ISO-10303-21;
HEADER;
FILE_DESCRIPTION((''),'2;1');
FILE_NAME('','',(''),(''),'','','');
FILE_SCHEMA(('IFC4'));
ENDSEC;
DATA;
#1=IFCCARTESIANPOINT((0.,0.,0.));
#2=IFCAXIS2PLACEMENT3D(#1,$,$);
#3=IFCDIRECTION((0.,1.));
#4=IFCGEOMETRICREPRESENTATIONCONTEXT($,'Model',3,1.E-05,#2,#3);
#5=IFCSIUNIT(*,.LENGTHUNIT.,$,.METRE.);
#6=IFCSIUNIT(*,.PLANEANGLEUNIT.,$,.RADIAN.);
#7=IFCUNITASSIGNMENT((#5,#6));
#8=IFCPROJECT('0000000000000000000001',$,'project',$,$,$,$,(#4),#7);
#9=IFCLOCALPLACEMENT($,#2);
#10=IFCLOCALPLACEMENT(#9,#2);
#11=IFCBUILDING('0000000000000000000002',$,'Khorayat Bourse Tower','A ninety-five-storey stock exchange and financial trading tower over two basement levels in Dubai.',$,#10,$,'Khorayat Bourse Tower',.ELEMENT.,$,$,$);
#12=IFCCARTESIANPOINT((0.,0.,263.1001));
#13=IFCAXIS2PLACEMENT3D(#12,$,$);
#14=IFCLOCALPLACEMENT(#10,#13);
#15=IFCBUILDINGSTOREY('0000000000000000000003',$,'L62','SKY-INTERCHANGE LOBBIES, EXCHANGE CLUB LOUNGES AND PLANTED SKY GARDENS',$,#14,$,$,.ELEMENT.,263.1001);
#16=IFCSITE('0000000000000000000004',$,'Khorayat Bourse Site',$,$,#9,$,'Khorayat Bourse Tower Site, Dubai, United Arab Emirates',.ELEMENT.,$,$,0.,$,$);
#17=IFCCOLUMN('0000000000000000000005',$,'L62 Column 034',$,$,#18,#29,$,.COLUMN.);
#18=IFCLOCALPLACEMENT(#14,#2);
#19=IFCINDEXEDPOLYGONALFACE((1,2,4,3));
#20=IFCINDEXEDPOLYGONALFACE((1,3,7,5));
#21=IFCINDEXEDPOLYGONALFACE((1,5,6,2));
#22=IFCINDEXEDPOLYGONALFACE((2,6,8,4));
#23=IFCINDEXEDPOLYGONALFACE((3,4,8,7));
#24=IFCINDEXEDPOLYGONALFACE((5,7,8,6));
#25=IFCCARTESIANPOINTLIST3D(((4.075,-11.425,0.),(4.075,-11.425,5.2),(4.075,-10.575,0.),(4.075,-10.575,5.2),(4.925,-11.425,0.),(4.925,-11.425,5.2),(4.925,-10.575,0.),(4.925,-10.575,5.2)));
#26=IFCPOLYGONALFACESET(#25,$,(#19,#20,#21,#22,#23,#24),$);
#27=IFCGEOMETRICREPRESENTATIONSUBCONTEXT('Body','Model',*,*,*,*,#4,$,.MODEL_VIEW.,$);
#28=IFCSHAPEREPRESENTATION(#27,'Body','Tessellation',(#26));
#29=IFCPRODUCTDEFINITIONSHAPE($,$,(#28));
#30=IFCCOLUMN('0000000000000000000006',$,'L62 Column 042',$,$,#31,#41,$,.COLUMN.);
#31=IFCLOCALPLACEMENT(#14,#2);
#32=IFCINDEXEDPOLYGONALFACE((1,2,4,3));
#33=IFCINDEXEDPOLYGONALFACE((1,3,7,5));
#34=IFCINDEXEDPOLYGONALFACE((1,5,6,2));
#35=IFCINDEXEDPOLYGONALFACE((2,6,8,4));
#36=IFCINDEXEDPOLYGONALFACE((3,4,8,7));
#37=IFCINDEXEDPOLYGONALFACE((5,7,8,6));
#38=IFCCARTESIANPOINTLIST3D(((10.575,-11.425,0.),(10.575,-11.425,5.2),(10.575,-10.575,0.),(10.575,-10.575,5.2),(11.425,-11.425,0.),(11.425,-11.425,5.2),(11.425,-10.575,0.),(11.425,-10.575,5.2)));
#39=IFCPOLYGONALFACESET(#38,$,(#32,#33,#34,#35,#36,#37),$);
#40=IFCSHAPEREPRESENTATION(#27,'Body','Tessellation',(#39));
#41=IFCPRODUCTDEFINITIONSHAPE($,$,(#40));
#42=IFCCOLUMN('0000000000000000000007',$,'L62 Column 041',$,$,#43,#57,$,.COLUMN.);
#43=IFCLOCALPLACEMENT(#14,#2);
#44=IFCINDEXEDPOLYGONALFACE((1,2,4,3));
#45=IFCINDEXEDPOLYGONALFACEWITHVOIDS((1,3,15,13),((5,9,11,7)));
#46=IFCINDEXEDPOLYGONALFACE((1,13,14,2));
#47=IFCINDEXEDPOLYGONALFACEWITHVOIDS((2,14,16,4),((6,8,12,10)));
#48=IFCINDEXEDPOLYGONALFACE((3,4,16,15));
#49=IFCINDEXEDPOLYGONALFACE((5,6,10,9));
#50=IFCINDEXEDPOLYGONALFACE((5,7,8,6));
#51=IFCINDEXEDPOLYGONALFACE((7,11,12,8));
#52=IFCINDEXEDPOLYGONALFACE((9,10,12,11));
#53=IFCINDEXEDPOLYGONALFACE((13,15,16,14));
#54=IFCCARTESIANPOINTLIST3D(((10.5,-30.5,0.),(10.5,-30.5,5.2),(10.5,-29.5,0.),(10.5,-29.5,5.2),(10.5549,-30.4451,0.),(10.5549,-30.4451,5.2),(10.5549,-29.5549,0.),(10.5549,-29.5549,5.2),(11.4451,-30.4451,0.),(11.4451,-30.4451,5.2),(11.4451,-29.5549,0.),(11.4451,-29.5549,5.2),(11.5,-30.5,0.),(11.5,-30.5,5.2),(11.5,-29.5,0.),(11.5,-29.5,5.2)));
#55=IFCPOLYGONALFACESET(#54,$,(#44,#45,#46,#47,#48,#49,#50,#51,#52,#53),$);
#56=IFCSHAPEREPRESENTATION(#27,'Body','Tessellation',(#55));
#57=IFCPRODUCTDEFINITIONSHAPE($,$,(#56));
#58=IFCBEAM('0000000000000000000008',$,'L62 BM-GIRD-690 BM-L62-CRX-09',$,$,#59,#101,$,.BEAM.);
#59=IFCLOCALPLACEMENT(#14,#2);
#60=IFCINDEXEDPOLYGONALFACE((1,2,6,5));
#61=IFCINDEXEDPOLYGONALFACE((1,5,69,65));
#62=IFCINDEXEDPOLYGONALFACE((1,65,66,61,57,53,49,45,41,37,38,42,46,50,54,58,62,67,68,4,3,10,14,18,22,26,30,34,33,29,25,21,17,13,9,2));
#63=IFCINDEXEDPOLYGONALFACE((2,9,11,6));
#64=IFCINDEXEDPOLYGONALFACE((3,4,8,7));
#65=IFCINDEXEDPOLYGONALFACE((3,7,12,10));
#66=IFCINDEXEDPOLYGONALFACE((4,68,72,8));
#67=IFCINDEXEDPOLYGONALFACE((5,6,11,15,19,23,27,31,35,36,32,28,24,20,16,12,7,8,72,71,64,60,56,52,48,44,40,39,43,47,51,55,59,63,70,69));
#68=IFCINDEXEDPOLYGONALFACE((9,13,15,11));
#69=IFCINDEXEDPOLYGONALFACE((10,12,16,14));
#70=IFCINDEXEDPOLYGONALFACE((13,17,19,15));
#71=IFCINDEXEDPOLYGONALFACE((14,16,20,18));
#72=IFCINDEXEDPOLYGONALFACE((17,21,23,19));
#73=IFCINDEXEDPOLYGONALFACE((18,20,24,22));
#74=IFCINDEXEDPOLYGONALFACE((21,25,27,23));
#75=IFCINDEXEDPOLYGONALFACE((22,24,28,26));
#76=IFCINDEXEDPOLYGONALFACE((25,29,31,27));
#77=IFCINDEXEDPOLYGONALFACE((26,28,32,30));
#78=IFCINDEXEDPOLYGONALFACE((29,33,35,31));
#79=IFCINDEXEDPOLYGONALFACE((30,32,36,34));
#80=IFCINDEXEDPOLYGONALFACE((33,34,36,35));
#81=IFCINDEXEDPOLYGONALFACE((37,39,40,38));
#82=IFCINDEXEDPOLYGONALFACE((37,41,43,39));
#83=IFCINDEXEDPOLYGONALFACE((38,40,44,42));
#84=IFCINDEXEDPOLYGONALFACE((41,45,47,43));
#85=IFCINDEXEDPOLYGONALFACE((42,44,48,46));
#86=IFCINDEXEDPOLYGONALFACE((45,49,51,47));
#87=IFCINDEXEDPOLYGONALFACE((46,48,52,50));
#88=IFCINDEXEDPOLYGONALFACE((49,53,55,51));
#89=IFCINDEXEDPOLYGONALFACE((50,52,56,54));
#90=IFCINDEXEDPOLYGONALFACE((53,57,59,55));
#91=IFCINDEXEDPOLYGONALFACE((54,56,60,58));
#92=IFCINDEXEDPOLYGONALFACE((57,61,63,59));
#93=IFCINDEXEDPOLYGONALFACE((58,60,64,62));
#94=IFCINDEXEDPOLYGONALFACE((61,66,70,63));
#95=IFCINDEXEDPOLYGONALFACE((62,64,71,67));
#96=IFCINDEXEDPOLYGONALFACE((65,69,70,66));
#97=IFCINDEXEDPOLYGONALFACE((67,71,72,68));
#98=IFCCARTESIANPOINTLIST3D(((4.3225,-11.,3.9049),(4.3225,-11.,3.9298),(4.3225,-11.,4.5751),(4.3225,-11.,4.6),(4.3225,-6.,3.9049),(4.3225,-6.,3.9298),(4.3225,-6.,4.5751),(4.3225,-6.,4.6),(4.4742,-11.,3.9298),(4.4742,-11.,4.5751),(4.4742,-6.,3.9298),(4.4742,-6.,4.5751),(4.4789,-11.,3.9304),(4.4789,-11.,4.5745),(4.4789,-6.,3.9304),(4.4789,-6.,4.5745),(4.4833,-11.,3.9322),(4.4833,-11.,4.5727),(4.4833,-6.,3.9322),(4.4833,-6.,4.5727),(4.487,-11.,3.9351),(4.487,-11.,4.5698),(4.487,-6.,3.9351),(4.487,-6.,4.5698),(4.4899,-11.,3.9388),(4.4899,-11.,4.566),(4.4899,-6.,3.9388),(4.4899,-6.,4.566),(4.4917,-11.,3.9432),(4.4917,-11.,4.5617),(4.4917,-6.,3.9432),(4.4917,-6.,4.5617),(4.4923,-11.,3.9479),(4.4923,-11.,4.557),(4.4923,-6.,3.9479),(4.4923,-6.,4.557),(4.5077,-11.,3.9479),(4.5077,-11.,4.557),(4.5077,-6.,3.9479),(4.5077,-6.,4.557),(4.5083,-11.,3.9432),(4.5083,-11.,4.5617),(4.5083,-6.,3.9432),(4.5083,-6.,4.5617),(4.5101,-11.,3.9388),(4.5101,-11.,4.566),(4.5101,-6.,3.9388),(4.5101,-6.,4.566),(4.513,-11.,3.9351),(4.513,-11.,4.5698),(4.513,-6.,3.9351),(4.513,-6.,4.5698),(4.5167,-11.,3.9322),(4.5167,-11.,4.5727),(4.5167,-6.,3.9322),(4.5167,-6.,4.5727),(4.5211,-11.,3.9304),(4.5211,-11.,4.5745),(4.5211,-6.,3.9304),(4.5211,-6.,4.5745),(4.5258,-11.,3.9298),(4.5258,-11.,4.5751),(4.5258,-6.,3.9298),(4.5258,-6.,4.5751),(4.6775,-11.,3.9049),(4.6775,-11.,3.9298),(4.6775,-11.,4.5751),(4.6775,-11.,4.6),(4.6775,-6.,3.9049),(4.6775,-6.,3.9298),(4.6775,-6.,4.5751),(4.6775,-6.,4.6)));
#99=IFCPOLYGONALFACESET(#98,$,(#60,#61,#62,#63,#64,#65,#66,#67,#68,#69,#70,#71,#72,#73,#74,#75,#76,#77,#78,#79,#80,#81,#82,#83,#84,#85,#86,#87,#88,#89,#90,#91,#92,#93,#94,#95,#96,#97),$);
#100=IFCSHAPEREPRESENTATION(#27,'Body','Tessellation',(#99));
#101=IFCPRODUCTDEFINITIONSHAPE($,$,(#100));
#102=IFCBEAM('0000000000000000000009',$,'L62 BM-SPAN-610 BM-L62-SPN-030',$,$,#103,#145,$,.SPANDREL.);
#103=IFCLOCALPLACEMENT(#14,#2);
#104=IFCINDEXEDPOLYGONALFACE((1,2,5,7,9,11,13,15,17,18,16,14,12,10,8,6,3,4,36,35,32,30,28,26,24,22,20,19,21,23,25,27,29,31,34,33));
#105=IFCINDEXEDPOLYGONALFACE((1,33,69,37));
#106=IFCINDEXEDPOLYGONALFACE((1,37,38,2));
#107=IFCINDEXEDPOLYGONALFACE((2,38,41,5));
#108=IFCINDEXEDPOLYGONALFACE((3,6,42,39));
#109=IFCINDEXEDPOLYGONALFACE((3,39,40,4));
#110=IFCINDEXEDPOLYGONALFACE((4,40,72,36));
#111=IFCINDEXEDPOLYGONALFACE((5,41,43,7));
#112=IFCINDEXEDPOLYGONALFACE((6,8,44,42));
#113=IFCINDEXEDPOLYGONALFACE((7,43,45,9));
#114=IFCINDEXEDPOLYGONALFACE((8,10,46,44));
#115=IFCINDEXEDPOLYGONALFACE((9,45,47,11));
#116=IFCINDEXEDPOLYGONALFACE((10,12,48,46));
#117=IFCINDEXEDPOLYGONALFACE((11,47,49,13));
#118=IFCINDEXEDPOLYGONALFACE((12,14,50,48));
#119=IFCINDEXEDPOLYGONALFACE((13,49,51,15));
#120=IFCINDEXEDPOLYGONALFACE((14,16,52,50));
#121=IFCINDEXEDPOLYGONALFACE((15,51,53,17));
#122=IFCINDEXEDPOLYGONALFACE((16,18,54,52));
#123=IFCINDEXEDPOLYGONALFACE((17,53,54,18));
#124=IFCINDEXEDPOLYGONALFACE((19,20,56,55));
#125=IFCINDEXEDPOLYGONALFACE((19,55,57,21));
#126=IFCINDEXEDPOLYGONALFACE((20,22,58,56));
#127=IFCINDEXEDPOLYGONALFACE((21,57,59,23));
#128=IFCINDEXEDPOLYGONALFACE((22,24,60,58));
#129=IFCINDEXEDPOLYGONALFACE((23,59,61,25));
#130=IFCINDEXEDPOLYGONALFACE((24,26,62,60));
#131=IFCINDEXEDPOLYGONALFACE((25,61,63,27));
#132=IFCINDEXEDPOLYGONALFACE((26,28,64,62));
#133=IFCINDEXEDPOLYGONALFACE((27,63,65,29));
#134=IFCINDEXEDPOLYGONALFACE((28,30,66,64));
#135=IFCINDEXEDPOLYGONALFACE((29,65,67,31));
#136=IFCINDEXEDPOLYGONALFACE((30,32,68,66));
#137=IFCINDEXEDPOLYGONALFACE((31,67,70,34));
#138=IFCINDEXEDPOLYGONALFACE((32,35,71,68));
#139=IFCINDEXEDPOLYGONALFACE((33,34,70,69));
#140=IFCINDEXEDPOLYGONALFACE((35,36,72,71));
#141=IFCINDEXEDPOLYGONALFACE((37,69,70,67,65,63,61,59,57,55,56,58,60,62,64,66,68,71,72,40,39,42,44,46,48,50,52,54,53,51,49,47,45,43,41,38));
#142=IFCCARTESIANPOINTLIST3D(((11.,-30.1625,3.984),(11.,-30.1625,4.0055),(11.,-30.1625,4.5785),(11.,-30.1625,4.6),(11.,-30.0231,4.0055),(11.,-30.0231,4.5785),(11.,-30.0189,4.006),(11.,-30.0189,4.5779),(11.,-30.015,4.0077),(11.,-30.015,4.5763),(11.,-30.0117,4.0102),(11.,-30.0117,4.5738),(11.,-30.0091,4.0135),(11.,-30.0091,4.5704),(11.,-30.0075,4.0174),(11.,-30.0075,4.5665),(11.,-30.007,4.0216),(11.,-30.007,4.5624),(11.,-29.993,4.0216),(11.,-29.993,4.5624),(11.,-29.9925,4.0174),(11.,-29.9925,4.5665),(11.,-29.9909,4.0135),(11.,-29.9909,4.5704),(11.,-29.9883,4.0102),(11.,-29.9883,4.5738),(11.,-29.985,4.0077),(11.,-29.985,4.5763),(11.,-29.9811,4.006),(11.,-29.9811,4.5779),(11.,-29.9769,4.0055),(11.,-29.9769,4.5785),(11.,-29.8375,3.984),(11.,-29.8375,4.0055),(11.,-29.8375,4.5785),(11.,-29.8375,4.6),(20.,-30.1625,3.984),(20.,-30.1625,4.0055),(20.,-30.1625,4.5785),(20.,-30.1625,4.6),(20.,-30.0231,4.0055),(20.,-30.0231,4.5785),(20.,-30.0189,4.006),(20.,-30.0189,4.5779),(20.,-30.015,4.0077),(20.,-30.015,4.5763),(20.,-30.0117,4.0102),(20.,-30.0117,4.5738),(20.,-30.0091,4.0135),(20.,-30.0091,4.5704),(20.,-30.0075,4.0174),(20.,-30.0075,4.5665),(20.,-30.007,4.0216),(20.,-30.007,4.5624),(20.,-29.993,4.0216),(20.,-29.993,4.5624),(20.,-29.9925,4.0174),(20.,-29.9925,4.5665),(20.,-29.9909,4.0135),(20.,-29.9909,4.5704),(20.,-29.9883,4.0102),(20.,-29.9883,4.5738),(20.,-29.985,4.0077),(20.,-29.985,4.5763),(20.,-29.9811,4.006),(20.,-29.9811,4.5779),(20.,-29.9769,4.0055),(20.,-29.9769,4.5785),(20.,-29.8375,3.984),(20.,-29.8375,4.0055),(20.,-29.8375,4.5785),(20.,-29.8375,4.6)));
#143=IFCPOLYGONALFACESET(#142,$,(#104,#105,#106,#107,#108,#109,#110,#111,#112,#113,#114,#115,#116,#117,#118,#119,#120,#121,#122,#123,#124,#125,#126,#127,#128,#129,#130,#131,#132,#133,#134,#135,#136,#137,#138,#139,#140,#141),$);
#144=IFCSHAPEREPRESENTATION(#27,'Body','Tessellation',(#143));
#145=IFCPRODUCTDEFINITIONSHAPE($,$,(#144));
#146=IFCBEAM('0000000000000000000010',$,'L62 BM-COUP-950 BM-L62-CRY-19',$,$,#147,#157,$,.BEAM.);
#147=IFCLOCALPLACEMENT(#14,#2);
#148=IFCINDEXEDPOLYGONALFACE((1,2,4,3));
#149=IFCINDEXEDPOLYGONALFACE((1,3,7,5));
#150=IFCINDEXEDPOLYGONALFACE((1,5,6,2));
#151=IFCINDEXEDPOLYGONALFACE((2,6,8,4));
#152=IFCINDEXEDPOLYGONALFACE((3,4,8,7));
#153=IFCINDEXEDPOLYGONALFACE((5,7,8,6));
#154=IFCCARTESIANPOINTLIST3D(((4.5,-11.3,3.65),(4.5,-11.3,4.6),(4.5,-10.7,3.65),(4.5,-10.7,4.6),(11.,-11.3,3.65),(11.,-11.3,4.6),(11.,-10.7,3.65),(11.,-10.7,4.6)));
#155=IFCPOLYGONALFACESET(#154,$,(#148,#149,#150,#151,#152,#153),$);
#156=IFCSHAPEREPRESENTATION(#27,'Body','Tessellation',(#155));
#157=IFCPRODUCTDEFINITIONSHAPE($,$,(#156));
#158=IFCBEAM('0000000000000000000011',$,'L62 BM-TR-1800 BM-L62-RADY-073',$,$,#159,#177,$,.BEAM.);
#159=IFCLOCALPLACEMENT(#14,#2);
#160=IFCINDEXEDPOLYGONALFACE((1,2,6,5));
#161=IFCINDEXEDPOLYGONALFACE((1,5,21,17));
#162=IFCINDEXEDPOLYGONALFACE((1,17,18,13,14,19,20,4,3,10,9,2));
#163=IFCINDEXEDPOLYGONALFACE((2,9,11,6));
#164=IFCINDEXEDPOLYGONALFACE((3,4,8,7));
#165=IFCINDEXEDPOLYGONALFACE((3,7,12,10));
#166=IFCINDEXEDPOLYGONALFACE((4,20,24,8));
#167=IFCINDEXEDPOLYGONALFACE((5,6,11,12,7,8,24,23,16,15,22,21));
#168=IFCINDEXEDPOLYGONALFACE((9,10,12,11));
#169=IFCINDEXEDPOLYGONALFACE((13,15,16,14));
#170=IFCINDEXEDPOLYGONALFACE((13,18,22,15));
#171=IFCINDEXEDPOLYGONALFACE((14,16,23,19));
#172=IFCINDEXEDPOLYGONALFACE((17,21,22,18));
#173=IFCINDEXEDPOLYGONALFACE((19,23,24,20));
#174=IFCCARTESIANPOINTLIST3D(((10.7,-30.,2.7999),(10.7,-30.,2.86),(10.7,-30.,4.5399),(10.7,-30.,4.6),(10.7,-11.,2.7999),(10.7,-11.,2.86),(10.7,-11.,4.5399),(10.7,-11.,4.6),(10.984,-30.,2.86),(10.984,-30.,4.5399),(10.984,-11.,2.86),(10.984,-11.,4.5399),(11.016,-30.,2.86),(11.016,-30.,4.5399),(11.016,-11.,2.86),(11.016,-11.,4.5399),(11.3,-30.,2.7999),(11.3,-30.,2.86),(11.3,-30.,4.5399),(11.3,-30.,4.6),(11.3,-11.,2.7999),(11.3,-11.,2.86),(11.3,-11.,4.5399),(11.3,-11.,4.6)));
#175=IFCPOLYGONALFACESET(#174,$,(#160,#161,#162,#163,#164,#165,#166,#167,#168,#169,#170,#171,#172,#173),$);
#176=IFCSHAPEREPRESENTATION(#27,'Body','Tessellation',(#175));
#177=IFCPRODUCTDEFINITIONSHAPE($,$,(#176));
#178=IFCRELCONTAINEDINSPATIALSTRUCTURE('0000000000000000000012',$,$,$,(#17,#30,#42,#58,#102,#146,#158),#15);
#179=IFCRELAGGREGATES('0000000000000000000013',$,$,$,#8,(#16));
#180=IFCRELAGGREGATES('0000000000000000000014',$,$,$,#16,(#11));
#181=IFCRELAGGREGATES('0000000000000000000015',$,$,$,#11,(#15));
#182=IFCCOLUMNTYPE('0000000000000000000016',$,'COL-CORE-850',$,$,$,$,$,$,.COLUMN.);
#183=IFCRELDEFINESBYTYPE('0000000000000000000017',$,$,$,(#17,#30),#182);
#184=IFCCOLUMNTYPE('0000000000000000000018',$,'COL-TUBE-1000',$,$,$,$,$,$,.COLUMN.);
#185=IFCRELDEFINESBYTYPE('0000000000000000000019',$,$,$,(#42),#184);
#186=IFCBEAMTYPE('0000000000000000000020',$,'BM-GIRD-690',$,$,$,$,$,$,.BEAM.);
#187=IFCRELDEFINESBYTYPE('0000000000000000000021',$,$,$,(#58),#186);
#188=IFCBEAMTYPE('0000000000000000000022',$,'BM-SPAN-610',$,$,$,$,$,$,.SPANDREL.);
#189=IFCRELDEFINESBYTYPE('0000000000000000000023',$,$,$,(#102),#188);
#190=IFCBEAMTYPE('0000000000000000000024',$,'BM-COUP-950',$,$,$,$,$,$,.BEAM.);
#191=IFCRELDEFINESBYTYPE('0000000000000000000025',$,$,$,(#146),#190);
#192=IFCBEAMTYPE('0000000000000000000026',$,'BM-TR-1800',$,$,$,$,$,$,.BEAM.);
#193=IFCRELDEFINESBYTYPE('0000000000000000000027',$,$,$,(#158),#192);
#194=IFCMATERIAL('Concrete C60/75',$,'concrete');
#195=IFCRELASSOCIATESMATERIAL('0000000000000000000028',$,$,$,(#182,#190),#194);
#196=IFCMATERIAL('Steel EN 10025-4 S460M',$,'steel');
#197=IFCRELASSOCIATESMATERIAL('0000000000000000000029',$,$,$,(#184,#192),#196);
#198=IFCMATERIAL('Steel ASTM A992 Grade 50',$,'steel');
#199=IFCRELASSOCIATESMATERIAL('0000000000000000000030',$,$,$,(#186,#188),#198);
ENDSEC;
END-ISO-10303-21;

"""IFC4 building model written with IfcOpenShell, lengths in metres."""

from ifc_helpers import new_model, si_unit, direction, frame, origin, origin_2d, place, context, subcontext, project, spatial, rectangle, hollow_rectangle, i_section, extrude, source, transform, mapped, material, material_profile, profile_set, type_object, element, save


model = new_model("IFC4")

# Units and contexts
model_context = context("Model", 3, precision=1e-05, world=origin(), true_north=direction((0.0, 1.0)))
body_context = subcontext(model_context, "Body", "Model", "MODEL_VIEW")
ifc_project = project(units=[si_unit("LENGTHUNIT", "METRE"), si_unit("PLANEANGLEUNIT", "RADIAN")], contexts=[model_context])

# Site, building, storey
site_placement = place(None, origin())
site = spatial("IfcSite", under=ifc_project, at=site_placement, Name="Khorayat Bourse Site", LongName="Khorayat Bourse Tower Site, Dubai, United Arab Emirates", CompositionType="ELEMENT", RefElevation=0.0)
building_placement = place(site_placement, origin())
building = spatial("IfcBuilding", under=site, at=building_placement, Name="Khorayat Bourse Tower", Description="A ninety-five-storey stock exchange and financial trading tower over two basement levels in Dubai.", LongName="Khorayat Bourse Tower", CompositionType="ELEMENT")
storey_placement = place(building_placement, frame((0.0, 0.0, 263.1001)))
storey = spatial("IfcBuildingStorey", under=building, at=storey_placement, Name="L62", Description="SKY-INTERCHANGE LOBBIES, EXCHANGE CLUB LOUNGES AND PLANTED SKY GARDENS", CompositionType="ELEMENT", Elevation=263.1001)

# Columns
ifc_material_1 = material(Name="Concrete C60/75", Category="concrete")
ifc_material_profile_1 = material_profile(ifc_material_1, rectangle(XDim=0.8501, YDim=0.8501, at=origin_2d()), Name="RC 850x850")
ifc_profile_set_1 = profile_set([ifc_material_profile_1], Name="Concrete C60/75")
column_type_1 = type_object("IfcColumnType", Name="COL-CORE-850", PredefinedType="COLUMN", material=ifc_profile_set_1)
shared_shape_1 = source(origin(), body_context, "Body", "SweptSolid", [
    extrude(rectangle(XDim=0.8501, YDim=0.8501, at=origin_2d()), origin(), (0.0, 0.0, 1.0), 5.2),
])
for number, where, z_axis, x_axis, name in (
    (1, (4.5, -11.0, 0.0), (0.0, 0.0, 1.0), (1.0, 0.0, 0.0), "L62 Column 034"),
    (2, (11.0, -11.0, 0.0), (0.0, 0.0, 1.0), (1.0, 0.0, 0.0), "L62 Column 042"),
):
    element("IfcColumn", number, at=place(storey_placement, frame(where, z_axis=z_axis, x_axis=x_axis)), inside=storey, type_object=column_type_1, Name=name, PredefinedType="COLUMN", context=body_context, shape_type="MappedRepresentation", body=[
        mapped(shared_shape_1, transform((0.0, 0.0, 0.0), scale=1.0)),
    ])
ifc_material_2 = material(Name="Steel EN 10025-4 S460M", Category="steel")
ifc_material_profile_2 = material_profile(ifc_material_2, hollow_rectangle(XDim=1.0, YDim=1.0, WallThickness=0.0549, at=origin_2d()), Name="BOX 1000x1000x55")
ifc_profile_set_2 = profile_set([ifc_material_profile_2], Name="Steel EN 10025-4 S460M")
column_type_2 = type_object("IfcColumnType", Name="COL-TUBE-1000", PredefinedType="COLUMN", material=ifc_profile_set_2)
shared_shape_2 = source(origin(), body_context, "Body", "SweptSolid", [
    extrude(hollow_rectangle(XDim=1.0, YDim=1.0, WallThickness=0.0549, at=origin_2d()), origin(), (0.0, 0.0, 1.0), 5.2),
])
column_placement = place(storey_placement, frame((11.0, -30.0, 0.0), z_axis=(0.0, 0.0, 1.0), x_axis=(1.0, 0.0, 0.0)))
element("IfcColumn", 3, at=column_placement, inside=storey, type_object=column_type_2, Name="L62 Column 041", PredefinedType="COLUMN", context=body_context, shape_type="MappedRepresentation", body=[
    mapped(shared_shape_2, transform((0.0, 0.0, 0.0), scale=1.0)),
])

# Beams
ifc_material_3 = material(Name="Steel ASTM A992 Grade 50", Category="steel")
ifc_material_profile_3 = material_profile(ifc_material_3, i_section(OverallWidth=0.355, OverallDepth=0.6951, WebThickness=0.0154, FlangeThickness=0.0249, FilletRadius=0.0181, at=origin_2d()), Name="W690X217")
ifc_profile_set_3 = profile_set([ifc_material_profile_3], Name="Steel ASTM A992 Grade 50")
beam_type_1 = type_object("IfcBeamType", Name="BM-GIRD-690", PredefinedType="BEAM", material=ifc_profile_set_3)
shared_shape_3 = source(origin(), body_context, "Body", "SweptSolid", [
    extrude(i_section(OverallWidth=0.355, OverallDepth=0.6951, WebThickness=0.0154, FlangeThickness=0.0249, FilletRadius=0.0181, at=origin_2d()), origin(), (0.0, 0.0, 1.0), 5.0),
])
beam_1_placement = place(storey_placement, frame((4.5, -11.0, 4.2524), z_axis=(0.0, 1.0, 0.0), x_axis=(-1.0, 0.0, 0.0)))
element("IfcBeam", 4, at=beam_1_placement, inside=storey, type_object=beam_type_1, Name="L62 BM-GIRD-690 BM-L62-CRX-09", PredefinedType="BEAM", context=body_context, shape_type="MappedRepresentation", body=[
    mapped(shared_shape_3, transform((0.0, 0.0, 0.0), scale=1.0)),
])
ifc_material_profile_4 = material_profile(ifc_material_3, i_section(OverallWidth=0.325, OverallDepth=0.616, WebThickness=0.0139, FlangeThickness=0.0215, FilletRadius=0.0161, at=origin_2d()), Name="W610X174")
ifc_profile_set_4 = profile_set([ifc_material_profile_4], Name="Steel ASTM A992 Grade 50")
beam_type_2 = type_object("IfcBeamType", Name="BM-SPAN-610", PredefinedType="SPANDREL", material=ifc_profile_set_4)
shared_shape_4 = source(origin(), body_context, "Body", "SweptSolid", [
    extrude(i_section(OverallWidth=0.325, OverallDepth=0.616, WebThickness=0.0139, FlangeThickness=0.0215, FilletRadius=0.0161, at=origin_2d()), origin(), (0.0, 0.0, 1.0), 9.0),
])
beam_2_placement = place(storey_placement, frame((11.0, -30.0, 4.292), z_axis=(1.0, 0.0, 0.0), x_axis=(0.0, 1.0, 0.0)))
element("IfcBeam", 5, at=beam_2_placement, inside=storey, type_object=beam_type_2, Name="L62 BM-SPAN-610 BM-L62-SPN-030", PredefinedType="SPANDREL", context=body_context, shape_type="MappedRepresentation", body=[
    mapped(shared_shape_4, transform((0.0, 0.0, 0.0), scale=1.0)),
])
ifc_material_profile_5 = material_profile(ifc_material_1, rectangle(XDim=0.6001, YDim=0.95, at=origin_2d()), Name="RC 600x950")
ifc_profile_set_5 = profile_set([ifc_material_profile_5], Name="Concrete C60/75")
beam_type_3 = type_object("IfcBeamType", Name="BM-COUP-950", PredefinedType="BEAM", material=ifc_profile_set_5)
shared_shape_5 = source(origin(), body_context, "Body", "SweptSolid", [
    extrude(rectangle(XDim=0.6001, YDim=0.95, at=origin_2d()), origin(), (0.0, 0.0, 1.0), 6.5),
])
beam_3_placement = place(storey_placement, frame((4.5, -11.0, 4.125), z_axis=(1.0, 0.0, 0.0), x_axis=(0.0, 1.0, 0.0)))
element("IfcBeam", 6, at=beam_3_placement, inside=storey, type_object=beam_type_3, Name="L62 BM-COUP-950 BM-L62-CRY-19", PredefinedType="BEAM", context=body_context, shape_type="MappedRepresentation", body=[
    mapped(shared_shape_5, transform((0.0, 0.0, 0.0), scale=1.0)),
])
ifc_material_profile_6 = material_profile(ifc_material_2, i_section(OverallWidth=0.6001, OverallDepth=1.8, WebThickness=0.032, FlangeThickness=0.0601, at=origin_2d()), Name="PG 1800x600x32x60")
ifc_profile_set_6 = profile_set([ifc_material_profile_6], Name="Steel EN 10025-4 S460M")
beam_type_4 = type_object("IfcBeamType", Name="BM-TR-1800", PredefinedType="BEAM", material=ifc_profile_set_6)
shared_shape_6 = source(origin(), body_context, "Body", "SweptSolid", [
    extrude(i_section(OverallWidth=0.6001, OverallDepth=1.8, WebThickness=0.032, FlangeThickness=0.0601, at=origin_2d()), origin(), (0.0, 0.0, 1.0), 19.0),
])
beam_4_placement = place(storey_placement, frame((11.0, -30.0, 3.7), z_axis=(0.0, 1.0, 0.0), x_axis=(-1.0, 0.0, 0.0)))
element("IfcBeam", 7, at=beam_4_placement, inside=storey, type_object=beam_type_4, Name="L62 BM-TR-1800 BM-L62-RADY-073", PredefinedType="BEAM", context=body_context, shape_type="MappedRepresentation", body=[
    mapped(shared_shape_6, transform((0.0, 0.0, 0.0), scale=1.0)),
])

save(model, "model.ifc")
